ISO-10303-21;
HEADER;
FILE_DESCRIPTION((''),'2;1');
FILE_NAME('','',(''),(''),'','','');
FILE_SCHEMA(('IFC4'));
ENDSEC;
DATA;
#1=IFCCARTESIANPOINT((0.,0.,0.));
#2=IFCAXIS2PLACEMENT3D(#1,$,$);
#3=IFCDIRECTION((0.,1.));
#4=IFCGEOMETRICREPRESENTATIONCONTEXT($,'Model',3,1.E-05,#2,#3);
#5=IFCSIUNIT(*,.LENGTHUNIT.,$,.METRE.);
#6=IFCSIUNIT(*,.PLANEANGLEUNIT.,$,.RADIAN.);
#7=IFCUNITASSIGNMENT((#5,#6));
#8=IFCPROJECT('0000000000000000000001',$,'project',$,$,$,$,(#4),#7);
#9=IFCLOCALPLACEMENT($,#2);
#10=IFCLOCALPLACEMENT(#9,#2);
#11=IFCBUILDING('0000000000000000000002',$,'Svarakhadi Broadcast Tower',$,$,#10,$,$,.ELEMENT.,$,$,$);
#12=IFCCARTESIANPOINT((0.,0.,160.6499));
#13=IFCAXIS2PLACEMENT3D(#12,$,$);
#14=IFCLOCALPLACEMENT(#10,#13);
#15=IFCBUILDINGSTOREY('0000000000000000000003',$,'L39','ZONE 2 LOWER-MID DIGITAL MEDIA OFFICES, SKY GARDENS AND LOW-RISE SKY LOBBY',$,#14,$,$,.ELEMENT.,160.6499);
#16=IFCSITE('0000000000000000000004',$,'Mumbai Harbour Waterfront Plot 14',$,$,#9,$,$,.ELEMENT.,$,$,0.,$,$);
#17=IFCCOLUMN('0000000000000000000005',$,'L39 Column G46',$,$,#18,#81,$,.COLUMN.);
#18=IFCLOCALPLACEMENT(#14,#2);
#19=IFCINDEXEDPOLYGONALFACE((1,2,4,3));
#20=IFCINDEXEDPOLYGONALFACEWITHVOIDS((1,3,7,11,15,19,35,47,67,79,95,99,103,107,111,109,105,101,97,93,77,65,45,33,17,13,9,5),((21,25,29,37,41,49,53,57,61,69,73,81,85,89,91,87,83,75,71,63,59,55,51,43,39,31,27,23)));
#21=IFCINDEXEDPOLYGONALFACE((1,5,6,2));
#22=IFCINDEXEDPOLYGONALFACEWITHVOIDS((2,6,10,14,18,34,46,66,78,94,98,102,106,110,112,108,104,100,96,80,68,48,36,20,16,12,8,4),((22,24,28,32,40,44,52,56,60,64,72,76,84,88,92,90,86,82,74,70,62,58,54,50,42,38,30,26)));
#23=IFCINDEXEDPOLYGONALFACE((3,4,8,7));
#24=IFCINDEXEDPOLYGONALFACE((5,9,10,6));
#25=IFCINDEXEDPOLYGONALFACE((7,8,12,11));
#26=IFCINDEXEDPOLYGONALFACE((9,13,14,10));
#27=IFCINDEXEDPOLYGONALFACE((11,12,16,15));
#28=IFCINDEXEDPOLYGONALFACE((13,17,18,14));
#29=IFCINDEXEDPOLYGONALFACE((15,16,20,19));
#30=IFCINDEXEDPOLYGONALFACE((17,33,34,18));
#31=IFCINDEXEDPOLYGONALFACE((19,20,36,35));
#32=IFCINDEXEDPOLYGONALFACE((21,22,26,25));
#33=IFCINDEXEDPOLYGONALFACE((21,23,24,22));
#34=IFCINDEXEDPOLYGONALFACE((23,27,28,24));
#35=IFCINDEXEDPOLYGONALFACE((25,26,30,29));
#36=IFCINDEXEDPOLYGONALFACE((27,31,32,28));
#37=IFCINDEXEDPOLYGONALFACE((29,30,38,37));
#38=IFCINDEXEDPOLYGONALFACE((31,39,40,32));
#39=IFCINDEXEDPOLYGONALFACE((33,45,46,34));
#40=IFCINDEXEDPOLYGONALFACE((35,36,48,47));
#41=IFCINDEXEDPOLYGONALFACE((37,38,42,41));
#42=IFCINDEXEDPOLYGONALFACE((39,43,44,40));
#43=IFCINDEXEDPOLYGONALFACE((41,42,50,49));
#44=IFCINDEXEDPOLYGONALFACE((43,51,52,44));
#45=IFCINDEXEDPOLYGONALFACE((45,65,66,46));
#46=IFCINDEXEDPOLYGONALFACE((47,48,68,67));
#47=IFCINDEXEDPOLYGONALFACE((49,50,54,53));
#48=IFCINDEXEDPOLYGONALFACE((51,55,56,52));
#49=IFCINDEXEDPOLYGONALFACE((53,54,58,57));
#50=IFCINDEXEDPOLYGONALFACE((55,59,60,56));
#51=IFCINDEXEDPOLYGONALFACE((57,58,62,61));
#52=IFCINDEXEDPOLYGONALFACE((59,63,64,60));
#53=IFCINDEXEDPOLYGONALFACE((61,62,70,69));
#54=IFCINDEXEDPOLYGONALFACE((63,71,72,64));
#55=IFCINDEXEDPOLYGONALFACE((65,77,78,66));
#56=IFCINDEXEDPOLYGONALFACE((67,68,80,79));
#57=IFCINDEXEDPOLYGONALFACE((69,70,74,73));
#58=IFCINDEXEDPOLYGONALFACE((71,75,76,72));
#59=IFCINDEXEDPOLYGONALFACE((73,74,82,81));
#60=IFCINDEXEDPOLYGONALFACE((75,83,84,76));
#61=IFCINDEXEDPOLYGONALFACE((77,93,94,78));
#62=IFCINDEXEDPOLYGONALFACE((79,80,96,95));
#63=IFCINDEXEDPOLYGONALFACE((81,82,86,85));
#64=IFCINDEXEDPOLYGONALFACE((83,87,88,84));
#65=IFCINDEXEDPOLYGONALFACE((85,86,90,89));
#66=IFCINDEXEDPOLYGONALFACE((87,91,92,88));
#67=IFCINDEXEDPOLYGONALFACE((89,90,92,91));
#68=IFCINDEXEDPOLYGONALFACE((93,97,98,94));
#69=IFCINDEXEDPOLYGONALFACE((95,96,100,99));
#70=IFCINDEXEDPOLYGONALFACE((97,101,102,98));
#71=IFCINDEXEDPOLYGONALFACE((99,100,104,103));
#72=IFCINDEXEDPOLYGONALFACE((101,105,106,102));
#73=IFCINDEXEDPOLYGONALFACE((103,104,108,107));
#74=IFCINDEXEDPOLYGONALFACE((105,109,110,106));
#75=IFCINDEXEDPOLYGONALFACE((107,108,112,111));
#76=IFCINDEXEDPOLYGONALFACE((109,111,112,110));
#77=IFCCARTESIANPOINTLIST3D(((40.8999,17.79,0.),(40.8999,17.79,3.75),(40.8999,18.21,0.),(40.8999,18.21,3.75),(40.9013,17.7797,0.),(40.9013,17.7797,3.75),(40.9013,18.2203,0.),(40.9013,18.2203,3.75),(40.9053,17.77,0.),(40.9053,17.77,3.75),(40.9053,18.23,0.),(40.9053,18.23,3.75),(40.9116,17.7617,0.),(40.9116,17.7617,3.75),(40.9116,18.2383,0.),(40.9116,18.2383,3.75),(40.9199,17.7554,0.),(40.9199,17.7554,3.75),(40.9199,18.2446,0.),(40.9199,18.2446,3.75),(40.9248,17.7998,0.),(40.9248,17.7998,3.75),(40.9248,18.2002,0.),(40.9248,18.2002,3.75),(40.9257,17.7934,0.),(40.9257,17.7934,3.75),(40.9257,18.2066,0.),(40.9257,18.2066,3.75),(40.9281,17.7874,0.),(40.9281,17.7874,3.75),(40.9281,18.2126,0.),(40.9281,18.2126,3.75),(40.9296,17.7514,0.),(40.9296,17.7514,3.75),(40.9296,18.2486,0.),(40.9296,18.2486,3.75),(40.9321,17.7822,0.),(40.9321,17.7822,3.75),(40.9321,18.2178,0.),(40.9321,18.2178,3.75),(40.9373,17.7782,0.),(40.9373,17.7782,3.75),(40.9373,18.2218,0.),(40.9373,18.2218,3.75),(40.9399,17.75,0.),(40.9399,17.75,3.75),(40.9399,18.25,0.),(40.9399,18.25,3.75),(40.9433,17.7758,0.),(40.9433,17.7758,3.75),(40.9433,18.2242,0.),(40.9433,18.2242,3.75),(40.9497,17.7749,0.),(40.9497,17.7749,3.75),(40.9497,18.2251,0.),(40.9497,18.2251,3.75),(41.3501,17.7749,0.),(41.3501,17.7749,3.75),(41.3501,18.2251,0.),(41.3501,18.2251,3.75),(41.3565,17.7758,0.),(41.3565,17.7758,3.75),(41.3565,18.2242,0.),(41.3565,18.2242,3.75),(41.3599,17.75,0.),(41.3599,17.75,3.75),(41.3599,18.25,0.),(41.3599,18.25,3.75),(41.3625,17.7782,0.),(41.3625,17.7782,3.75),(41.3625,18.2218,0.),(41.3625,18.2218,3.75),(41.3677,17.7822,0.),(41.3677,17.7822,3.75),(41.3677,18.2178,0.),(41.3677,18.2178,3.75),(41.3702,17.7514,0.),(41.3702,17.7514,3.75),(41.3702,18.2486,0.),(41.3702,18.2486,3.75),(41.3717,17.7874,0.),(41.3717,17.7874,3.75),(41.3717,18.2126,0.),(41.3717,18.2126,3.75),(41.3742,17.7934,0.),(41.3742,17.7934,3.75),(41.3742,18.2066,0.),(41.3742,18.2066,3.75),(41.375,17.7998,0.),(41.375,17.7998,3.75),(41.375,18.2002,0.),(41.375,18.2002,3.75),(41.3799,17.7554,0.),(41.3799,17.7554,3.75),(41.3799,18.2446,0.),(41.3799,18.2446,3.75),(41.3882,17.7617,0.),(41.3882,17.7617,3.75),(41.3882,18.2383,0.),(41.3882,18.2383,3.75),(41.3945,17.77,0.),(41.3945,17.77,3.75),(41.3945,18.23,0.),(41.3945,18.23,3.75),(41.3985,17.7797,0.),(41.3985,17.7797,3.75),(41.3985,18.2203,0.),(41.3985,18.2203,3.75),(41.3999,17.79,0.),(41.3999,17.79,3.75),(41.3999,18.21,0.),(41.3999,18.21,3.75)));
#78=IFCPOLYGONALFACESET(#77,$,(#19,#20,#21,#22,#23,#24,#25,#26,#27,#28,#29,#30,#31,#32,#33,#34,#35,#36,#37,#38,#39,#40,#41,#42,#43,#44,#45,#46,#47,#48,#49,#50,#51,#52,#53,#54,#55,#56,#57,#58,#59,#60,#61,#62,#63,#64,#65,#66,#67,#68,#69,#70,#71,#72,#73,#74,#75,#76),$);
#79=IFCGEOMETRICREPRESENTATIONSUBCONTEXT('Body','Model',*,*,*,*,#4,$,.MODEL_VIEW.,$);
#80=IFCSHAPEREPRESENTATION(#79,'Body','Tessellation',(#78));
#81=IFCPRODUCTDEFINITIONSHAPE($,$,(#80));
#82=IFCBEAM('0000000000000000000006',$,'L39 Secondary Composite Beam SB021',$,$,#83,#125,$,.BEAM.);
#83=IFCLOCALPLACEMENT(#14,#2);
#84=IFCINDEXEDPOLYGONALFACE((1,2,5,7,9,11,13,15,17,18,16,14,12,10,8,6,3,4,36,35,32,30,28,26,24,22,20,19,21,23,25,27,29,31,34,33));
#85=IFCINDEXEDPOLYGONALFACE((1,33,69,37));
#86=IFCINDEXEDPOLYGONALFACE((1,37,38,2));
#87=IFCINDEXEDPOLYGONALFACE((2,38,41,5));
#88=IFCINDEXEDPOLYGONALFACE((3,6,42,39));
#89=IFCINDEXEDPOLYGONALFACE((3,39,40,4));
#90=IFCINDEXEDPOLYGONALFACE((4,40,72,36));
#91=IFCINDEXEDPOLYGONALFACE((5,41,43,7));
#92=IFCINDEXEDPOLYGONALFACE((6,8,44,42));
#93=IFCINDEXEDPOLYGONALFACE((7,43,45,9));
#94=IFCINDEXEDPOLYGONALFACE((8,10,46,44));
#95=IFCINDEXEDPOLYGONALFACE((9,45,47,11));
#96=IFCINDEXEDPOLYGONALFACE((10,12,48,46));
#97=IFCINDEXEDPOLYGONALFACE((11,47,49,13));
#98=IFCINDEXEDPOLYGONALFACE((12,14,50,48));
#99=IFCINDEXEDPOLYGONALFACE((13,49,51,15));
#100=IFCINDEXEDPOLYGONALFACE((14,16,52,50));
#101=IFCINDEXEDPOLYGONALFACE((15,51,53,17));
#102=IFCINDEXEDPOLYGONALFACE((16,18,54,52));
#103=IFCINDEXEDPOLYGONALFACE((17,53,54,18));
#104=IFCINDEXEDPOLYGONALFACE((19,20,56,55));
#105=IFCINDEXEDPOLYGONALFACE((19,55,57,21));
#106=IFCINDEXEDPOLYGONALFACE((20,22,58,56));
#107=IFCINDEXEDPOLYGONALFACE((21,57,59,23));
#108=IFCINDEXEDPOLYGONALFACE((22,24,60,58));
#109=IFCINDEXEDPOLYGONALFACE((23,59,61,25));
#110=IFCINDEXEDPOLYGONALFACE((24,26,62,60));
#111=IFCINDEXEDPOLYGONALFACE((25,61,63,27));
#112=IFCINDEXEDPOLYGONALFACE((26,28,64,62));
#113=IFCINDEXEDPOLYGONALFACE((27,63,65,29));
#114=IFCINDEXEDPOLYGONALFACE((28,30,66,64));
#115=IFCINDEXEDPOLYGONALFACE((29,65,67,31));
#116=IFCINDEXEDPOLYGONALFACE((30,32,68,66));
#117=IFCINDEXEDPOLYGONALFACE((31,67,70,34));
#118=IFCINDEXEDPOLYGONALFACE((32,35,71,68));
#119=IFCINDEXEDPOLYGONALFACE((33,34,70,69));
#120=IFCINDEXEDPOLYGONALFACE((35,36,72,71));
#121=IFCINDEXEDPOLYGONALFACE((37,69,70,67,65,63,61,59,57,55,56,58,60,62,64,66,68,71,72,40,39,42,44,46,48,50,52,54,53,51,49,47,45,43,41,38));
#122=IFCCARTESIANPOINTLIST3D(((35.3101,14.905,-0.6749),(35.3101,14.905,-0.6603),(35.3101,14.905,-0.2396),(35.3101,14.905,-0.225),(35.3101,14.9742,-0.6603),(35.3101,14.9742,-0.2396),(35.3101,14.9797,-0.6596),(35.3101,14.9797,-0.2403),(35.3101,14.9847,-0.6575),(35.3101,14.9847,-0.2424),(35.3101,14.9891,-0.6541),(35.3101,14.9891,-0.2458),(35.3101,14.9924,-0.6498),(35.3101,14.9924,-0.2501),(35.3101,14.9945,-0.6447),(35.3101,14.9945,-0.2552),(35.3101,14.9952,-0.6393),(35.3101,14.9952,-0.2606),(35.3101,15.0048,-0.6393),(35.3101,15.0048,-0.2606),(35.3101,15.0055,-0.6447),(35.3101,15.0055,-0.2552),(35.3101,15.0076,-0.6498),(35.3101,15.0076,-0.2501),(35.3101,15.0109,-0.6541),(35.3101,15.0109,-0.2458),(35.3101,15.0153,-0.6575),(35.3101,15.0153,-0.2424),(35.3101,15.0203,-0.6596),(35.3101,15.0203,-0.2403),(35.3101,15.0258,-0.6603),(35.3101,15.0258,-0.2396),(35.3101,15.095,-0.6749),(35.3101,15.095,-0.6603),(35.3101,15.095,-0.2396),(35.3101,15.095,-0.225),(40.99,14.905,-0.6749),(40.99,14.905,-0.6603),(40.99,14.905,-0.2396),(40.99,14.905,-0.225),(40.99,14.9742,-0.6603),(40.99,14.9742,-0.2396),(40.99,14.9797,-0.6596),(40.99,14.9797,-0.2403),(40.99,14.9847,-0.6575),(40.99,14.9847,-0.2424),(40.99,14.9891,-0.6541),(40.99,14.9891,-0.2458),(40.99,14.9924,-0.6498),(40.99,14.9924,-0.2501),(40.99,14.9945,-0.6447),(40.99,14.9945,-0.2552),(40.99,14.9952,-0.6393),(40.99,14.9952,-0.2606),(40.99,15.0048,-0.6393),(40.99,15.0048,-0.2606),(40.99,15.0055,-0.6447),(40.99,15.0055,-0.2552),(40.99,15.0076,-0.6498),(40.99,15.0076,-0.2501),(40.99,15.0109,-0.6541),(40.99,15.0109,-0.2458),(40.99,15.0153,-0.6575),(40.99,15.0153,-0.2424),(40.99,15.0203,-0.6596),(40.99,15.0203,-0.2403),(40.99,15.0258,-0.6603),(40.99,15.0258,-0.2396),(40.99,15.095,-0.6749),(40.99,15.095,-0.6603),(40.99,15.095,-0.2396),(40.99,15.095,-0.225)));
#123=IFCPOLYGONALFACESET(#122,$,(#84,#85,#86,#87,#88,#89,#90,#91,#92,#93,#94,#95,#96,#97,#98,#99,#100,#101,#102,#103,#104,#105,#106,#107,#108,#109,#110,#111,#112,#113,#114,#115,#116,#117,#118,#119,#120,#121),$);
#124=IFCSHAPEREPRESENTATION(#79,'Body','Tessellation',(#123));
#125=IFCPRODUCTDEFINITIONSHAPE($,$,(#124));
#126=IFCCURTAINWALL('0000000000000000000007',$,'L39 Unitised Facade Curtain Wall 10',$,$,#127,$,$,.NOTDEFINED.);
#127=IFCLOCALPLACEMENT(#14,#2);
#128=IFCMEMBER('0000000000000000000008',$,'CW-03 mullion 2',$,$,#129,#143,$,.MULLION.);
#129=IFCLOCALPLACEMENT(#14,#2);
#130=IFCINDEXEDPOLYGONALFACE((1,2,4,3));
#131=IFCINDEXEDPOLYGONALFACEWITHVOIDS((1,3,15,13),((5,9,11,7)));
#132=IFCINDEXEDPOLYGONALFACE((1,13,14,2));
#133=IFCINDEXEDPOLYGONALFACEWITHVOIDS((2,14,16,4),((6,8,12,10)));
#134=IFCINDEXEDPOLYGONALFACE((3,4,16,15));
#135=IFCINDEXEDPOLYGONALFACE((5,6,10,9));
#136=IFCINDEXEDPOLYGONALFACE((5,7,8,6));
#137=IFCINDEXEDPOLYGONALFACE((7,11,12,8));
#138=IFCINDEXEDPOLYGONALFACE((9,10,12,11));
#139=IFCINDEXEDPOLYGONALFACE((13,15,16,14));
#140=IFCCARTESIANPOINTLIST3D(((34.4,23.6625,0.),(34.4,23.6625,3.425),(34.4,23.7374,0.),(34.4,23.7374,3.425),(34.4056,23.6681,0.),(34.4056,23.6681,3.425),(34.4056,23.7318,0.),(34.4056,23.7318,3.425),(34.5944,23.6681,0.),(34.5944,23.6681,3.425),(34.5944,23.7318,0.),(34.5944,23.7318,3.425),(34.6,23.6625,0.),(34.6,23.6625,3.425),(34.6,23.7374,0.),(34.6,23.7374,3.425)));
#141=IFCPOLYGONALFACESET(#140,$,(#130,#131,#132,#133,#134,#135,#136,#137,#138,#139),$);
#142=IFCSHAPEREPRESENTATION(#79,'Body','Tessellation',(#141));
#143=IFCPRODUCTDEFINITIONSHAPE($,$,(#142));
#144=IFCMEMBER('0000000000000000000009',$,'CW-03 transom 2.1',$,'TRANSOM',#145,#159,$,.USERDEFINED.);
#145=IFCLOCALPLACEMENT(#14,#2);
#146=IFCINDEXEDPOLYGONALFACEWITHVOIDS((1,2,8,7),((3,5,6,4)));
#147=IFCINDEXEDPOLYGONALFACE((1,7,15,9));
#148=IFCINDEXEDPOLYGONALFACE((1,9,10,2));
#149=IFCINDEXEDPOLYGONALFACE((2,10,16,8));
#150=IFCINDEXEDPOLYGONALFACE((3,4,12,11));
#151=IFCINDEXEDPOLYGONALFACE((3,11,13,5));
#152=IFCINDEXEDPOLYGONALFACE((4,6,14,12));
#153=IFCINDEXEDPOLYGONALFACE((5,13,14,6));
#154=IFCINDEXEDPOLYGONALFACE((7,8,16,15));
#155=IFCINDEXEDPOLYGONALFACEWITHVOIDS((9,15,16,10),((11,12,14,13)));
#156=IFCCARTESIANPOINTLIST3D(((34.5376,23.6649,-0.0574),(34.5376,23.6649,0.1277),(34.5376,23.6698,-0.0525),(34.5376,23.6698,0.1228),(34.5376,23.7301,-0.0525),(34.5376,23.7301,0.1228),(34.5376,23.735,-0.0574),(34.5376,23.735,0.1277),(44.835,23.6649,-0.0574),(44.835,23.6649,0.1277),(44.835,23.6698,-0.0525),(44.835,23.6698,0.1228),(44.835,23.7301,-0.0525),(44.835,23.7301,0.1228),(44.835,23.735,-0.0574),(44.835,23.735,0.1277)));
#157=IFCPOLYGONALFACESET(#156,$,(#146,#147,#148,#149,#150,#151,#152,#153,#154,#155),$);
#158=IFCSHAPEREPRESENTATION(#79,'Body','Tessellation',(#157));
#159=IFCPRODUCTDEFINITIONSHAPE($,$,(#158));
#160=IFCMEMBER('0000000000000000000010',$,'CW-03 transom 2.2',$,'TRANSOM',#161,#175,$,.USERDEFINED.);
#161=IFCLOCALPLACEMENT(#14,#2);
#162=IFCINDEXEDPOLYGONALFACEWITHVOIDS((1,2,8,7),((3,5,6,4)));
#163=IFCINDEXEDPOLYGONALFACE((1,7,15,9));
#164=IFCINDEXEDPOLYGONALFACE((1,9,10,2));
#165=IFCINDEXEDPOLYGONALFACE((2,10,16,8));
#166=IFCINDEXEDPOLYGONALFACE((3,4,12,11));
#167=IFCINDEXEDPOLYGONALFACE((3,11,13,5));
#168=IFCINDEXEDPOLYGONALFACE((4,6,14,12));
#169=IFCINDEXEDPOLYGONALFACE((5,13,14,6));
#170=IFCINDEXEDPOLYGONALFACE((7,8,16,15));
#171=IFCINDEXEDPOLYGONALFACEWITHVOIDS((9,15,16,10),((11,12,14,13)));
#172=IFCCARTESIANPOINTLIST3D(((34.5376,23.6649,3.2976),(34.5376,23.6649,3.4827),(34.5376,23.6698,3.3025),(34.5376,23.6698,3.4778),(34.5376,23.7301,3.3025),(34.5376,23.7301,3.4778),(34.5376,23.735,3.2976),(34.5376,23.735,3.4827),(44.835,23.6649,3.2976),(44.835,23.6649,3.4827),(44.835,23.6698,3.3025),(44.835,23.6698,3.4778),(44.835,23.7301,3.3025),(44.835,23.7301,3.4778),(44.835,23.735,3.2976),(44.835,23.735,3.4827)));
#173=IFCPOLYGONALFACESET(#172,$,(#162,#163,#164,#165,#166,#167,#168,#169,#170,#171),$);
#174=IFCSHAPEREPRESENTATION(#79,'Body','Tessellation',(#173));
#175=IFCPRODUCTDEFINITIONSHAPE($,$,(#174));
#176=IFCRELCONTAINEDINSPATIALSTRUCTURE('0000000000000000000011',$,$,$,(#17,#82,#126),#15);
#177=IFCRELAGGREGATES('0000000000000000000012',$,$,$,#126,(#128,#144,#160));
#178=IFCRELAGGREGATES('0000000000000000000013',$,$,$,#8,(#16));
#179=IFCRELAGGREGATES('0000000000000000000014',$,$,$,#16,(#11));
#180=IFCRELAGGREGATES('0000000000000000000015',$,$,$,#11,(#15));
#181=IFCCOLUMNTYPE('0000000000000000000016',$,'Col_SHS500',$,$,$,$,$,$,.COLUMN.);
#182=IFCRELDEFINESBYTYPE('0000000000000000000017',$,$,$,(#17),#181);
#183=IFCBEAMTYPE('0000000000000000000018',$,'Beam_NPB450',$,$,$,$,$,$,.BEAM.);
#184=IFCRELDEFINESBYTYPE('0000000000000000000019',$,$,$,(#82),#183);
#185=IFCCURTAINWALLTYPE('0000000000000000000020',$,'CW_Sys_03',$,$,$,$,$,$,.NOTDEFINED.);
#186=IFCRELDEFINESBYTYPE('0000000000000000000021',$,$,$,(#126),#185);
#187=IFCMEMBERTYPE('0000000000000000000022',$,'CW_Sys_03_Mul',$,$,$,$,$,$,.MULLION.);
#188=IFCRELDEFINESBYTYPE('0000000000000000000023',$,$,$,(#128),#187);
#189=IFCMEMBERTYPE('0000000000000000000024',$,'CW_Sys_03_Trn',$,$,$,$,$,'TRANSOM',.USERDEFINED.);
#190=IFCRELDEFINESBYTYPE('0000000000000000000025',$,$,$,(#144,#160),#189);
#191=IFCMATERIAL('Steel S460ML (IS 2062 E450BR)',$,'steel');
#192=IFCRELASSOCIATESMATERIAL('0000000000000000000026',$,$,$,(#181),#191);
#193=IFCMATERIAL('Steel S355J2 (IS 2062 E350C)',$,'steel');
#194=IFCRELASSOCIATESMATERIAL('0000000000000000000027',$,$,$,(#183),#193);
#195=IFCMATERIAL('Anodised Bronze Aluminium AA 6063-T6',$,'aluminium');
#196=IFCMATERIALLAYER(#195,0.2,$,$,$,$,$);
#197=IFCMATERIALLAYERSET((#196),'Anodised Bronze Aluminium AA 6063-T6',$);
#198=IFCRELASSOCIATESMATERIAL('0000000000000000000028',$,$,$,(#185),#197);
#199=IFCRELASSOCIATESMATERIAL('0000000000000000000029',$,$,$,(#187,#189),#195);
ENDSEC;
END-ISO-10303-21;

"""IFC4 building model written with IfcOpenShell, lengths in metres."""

from ifc_helpers import new_model, si_unit, direction, frame, origin, origin_2d, place, context, subcontext, project, spatial, hollow_rectangle, i_section, extrude, material, layer, layer_set, material_profile, profile_set, type_object, element, aggregate, save


model = new_model("IFC4")

# Units and contexts
model_context = context("Model", 3, precision=1e-05, world=origin(), true_north=direction((0.0, 1.0)))
body_context = subcontext(model_context, "Body", "Model", "MODEL_VIEW")
ifc_project = project(units=[si_unit("LENGTHUNIT", "METRE"), si_unit("PLANEANGLEUNIT", "RADIAN")], contexts=[model_context])

# Site, building, storey
site_placement = place(None, origin())
site = spatial("IfcSite", under=ifc_project, at=site_placement, Name="Mumbai Harbour Waterfront Plot 14", CompositionType="ELEMENT", RefElevation=0.0)
building_placement = place(site_placement, origin())
building = spatial("IfcBuilding", under=site, at=building_placement, Name="Svarakhadi Broadcast Tower", CompositionType="ELEMENT")
storey_placement = place(building_placement, frame((0.0, 0.0, 160.6499)))
storey = spatial("IfcBuildingStorey", under=building, at=storey_placement, Name="L39", Description="ZONE 2 LOWER-MID DIGITAL MEDIA OFFICES, SKY GARDENS AND LOW-RISE SKY LOBBY", CompositionType="ELEMENT", Elevation=160.6499)

# Column
ifc_material_1 = material(Name="Steel S460ML (IS 2062 E450BR)", Category="steel")
ifc_material_profile_1 = material_profile(ifc_material_1, hollow_rectangle(XDim=0.5, YDim=0.5, WallThickness=0.0249, InnerFilletRadius=0.0249, OuterFilletRadius=0.04, at=origin_2d()), Name="SHS 500x500x25")
ifc_profile_set_1 = profile_set([ifc_material_profile_1], Name="Steel S460ML (IS 2062 E450BR)")
column_type_1 = type_object("IfcColumnType", Name="Col_SHS500", PredefinedType="COLUMN", material=ifc_profile_set_1)
for number, where, z_axis, x_axis, name in (
    (1, (41.1499, 18.0, 0.0), (0.0, 0.0, 1.0), (1.0, 0.0, 0.0), "L39 Column G46"),
):
    element("IfcColumn", number, at=place(storey_placement, frame(where, z_axis=z_axis, x_axis=x_axis)), inside=storey, type_object=column_type_1, Name=name, PredefinedType="COLUMN", context=body_context, shape_type="SweptSolid", body=[
        extrude(hollow_rectangle(XDim=0.5, YDim=0.5, WallThickness=0.0249, InnerFilletRadius=0.0249, OuterFilletRadius=0.04, at=origin_2d()), origin(), (0.0, 0.0, 1.0), 3.75),
    ])

# Beam
ifc_material_2 = material(Name="Steel S355J2 (IS 2062 E350C)", Category="steel")
ifc_material_profile_2 = material_profile(ifc_material_2, i_section(OverallWidth=0.1899, OverallDepth=0.45, WebThickness=0.0095, FlangeThickness=0.0146, FilletRadius=0.021, at=origin_2d()), Name="NPB 450x190x78")
ifc_profile_set_2 = profile_set([ifc_material_profile_2], Name="Steel S355J2 (IS 2062 E350C)")
beam_type_1 = type_object("IfcBeamType", Name="Beam_NPB450", PredefinedType="BEAM", material=ifc_profile_set_2)
beam_1_placement = place(storey_placement, frame((35.3101, 15.0, -0.45), z_axis=(1.0, 0.0, 0.0), x_axis=(0.0, 1.0, 0.0)))
element("IfcBeam", 2, at=beam_1_placement, inside=storey, type_object=beam_type_1, Name="L39 Secondary Composite Beam SB021", PredefinedType="BEAM", context=body_context, shape_type="SweptSolid", body=[
    extrude(i_section(OverallWidth=0.1899, OverallDepth=0.45, WebThickness=0.0095, FlangeThickness=0.0146, FilletRadius=0.021, at=origin_2d()), origin(), (0.0, 0.0, 1.0), 5.6799),
])

# Curtain wall, members
ifc_material_3 = material(Name="Anodised Bronze Aluminium AA 6063-T6", Category="aluminium")
ifc_layer_1 = layer(ifc_material_3, 0.2)
ifc_layer_set_1 = layer_set([ifc_layer_1], Name="Anodised Bronze Aluminium AA 6063-T6")
curtain_wall_type = type_object("IfcCurtainWallType", Name="CW_Sys_03", PredefinedType="NOTDEFINED", material=ifc_layer_set_1)
curtain_wall_placement = place(storey_placement, origin())
curtain_wall = element("IfcCurtainWall", 3, at=curtain_wall_placement, inside=storey, type_object=curtain_wall_type, Name="L39 Unitised Facade Curtain Wall 10", PredefinedType="NOTDEFINED")
ifc_material_profile_3 = material_profile(ifc_material_3, hollow_rectangle(XDim=0.075, YDim=0.2, WallThickness=0.0056, at=origin_2d()), Name="ALU MULLION 200x75x6")
ifc_profile_set_3 = profile_set([ifc_material_profile_3], Name="Anodised Bronze Aluminium AA 6063-T6")
member_type_1 = type_object("IfcMemberType", Name="CW_Sys_03_Mul", PredefinedType="MULLION", material=ifc_profile_set_3)
member_1_placement = place(storey_placement, frame((34.5, 23.7, 0.0), z_axis=(0.0, 0.0, 1.0), x_axis=(0.0, 1.0, 0.0)))
member_1 = element("IfcMember", 4, at=member_1_placement, type_object=member_type_1, Name="CW-03 mullion 2", PredefinedType="MULLION", context=body_context, shape_type="SweptSolid", body=[
    extrude(hollow_rectangle(XDim=0.075, YDim=0.2, WallThickness=0.0056, at=origin_2d()), origin(), (0.0, 0.0, 1.0), 3.425),
])
ifc_material_profile_4 = material_profile(ifc_material_3, hollow_rectangle(XDim=0.0701, YDim=0.1851, WallThickness=0.0049, at=origin_2d()), Name="ALU TRANSOM 185x70x5")
ifc_profile_set_4 = profile_set([ifc_material_profile_4], Name="Anodised Bronze Aluminium AA 6063-T6")
member_type_2 = type_object("IfcMemberType", Name="CW_Sys_03_Trn", ElementType="TRANSOM", PredefinedType="USERDEFINED", material=ifc_profile_set_4)
member_2_placement = place(storey_placement, frame((34.5376, 23.7, 0.0352), z_axis=(1.0, 0.0, 0.0), x_axis=(0.0, 1.0, 0.0)))
member_2 = element("IfcMember", 5, at=member_2_placement, type_object=member_type_2, Name="CW-03 transom 2.1", ObjectType="TRANSOM", PredefinedType="USERDEFINED", context=body_context, shape_type="SweptSolid", body=[
    extrude(hollow_rectangle(XDim=0.0701, YDim=0.1851, WallThickness=0.0049, at=origin_2d()), origin(), (0.0, 0.0, 1.0), 10.2974),
])
member_3_placement = place(storey_placement, frame((34.5376, 23.7, 3.3901), z_axis=(1.0, 0.0, 0.0), x_axis=(0.0, 1.0, 0.0)))
member_3 = element("IfcMember", 6, at=member_3_placement, type_object=member_type_2, Name="CW-03 transom 2.2", ObjectType="TRANSOM", PredefinedType="USERDEFINED", context=body_context, shape_type="SweptSolid", body=[
    extrude(hollow_rectangle(XDim=0.0701, YDim=0.1851, WallThickness=0.0049, at=origin_2d()), origin(), (0.0, 0.0, 1.0), 10.2974),
])

aggregate(curtain_wall, [member_1, member_2, member_3])

save(model, "model.ifc")
